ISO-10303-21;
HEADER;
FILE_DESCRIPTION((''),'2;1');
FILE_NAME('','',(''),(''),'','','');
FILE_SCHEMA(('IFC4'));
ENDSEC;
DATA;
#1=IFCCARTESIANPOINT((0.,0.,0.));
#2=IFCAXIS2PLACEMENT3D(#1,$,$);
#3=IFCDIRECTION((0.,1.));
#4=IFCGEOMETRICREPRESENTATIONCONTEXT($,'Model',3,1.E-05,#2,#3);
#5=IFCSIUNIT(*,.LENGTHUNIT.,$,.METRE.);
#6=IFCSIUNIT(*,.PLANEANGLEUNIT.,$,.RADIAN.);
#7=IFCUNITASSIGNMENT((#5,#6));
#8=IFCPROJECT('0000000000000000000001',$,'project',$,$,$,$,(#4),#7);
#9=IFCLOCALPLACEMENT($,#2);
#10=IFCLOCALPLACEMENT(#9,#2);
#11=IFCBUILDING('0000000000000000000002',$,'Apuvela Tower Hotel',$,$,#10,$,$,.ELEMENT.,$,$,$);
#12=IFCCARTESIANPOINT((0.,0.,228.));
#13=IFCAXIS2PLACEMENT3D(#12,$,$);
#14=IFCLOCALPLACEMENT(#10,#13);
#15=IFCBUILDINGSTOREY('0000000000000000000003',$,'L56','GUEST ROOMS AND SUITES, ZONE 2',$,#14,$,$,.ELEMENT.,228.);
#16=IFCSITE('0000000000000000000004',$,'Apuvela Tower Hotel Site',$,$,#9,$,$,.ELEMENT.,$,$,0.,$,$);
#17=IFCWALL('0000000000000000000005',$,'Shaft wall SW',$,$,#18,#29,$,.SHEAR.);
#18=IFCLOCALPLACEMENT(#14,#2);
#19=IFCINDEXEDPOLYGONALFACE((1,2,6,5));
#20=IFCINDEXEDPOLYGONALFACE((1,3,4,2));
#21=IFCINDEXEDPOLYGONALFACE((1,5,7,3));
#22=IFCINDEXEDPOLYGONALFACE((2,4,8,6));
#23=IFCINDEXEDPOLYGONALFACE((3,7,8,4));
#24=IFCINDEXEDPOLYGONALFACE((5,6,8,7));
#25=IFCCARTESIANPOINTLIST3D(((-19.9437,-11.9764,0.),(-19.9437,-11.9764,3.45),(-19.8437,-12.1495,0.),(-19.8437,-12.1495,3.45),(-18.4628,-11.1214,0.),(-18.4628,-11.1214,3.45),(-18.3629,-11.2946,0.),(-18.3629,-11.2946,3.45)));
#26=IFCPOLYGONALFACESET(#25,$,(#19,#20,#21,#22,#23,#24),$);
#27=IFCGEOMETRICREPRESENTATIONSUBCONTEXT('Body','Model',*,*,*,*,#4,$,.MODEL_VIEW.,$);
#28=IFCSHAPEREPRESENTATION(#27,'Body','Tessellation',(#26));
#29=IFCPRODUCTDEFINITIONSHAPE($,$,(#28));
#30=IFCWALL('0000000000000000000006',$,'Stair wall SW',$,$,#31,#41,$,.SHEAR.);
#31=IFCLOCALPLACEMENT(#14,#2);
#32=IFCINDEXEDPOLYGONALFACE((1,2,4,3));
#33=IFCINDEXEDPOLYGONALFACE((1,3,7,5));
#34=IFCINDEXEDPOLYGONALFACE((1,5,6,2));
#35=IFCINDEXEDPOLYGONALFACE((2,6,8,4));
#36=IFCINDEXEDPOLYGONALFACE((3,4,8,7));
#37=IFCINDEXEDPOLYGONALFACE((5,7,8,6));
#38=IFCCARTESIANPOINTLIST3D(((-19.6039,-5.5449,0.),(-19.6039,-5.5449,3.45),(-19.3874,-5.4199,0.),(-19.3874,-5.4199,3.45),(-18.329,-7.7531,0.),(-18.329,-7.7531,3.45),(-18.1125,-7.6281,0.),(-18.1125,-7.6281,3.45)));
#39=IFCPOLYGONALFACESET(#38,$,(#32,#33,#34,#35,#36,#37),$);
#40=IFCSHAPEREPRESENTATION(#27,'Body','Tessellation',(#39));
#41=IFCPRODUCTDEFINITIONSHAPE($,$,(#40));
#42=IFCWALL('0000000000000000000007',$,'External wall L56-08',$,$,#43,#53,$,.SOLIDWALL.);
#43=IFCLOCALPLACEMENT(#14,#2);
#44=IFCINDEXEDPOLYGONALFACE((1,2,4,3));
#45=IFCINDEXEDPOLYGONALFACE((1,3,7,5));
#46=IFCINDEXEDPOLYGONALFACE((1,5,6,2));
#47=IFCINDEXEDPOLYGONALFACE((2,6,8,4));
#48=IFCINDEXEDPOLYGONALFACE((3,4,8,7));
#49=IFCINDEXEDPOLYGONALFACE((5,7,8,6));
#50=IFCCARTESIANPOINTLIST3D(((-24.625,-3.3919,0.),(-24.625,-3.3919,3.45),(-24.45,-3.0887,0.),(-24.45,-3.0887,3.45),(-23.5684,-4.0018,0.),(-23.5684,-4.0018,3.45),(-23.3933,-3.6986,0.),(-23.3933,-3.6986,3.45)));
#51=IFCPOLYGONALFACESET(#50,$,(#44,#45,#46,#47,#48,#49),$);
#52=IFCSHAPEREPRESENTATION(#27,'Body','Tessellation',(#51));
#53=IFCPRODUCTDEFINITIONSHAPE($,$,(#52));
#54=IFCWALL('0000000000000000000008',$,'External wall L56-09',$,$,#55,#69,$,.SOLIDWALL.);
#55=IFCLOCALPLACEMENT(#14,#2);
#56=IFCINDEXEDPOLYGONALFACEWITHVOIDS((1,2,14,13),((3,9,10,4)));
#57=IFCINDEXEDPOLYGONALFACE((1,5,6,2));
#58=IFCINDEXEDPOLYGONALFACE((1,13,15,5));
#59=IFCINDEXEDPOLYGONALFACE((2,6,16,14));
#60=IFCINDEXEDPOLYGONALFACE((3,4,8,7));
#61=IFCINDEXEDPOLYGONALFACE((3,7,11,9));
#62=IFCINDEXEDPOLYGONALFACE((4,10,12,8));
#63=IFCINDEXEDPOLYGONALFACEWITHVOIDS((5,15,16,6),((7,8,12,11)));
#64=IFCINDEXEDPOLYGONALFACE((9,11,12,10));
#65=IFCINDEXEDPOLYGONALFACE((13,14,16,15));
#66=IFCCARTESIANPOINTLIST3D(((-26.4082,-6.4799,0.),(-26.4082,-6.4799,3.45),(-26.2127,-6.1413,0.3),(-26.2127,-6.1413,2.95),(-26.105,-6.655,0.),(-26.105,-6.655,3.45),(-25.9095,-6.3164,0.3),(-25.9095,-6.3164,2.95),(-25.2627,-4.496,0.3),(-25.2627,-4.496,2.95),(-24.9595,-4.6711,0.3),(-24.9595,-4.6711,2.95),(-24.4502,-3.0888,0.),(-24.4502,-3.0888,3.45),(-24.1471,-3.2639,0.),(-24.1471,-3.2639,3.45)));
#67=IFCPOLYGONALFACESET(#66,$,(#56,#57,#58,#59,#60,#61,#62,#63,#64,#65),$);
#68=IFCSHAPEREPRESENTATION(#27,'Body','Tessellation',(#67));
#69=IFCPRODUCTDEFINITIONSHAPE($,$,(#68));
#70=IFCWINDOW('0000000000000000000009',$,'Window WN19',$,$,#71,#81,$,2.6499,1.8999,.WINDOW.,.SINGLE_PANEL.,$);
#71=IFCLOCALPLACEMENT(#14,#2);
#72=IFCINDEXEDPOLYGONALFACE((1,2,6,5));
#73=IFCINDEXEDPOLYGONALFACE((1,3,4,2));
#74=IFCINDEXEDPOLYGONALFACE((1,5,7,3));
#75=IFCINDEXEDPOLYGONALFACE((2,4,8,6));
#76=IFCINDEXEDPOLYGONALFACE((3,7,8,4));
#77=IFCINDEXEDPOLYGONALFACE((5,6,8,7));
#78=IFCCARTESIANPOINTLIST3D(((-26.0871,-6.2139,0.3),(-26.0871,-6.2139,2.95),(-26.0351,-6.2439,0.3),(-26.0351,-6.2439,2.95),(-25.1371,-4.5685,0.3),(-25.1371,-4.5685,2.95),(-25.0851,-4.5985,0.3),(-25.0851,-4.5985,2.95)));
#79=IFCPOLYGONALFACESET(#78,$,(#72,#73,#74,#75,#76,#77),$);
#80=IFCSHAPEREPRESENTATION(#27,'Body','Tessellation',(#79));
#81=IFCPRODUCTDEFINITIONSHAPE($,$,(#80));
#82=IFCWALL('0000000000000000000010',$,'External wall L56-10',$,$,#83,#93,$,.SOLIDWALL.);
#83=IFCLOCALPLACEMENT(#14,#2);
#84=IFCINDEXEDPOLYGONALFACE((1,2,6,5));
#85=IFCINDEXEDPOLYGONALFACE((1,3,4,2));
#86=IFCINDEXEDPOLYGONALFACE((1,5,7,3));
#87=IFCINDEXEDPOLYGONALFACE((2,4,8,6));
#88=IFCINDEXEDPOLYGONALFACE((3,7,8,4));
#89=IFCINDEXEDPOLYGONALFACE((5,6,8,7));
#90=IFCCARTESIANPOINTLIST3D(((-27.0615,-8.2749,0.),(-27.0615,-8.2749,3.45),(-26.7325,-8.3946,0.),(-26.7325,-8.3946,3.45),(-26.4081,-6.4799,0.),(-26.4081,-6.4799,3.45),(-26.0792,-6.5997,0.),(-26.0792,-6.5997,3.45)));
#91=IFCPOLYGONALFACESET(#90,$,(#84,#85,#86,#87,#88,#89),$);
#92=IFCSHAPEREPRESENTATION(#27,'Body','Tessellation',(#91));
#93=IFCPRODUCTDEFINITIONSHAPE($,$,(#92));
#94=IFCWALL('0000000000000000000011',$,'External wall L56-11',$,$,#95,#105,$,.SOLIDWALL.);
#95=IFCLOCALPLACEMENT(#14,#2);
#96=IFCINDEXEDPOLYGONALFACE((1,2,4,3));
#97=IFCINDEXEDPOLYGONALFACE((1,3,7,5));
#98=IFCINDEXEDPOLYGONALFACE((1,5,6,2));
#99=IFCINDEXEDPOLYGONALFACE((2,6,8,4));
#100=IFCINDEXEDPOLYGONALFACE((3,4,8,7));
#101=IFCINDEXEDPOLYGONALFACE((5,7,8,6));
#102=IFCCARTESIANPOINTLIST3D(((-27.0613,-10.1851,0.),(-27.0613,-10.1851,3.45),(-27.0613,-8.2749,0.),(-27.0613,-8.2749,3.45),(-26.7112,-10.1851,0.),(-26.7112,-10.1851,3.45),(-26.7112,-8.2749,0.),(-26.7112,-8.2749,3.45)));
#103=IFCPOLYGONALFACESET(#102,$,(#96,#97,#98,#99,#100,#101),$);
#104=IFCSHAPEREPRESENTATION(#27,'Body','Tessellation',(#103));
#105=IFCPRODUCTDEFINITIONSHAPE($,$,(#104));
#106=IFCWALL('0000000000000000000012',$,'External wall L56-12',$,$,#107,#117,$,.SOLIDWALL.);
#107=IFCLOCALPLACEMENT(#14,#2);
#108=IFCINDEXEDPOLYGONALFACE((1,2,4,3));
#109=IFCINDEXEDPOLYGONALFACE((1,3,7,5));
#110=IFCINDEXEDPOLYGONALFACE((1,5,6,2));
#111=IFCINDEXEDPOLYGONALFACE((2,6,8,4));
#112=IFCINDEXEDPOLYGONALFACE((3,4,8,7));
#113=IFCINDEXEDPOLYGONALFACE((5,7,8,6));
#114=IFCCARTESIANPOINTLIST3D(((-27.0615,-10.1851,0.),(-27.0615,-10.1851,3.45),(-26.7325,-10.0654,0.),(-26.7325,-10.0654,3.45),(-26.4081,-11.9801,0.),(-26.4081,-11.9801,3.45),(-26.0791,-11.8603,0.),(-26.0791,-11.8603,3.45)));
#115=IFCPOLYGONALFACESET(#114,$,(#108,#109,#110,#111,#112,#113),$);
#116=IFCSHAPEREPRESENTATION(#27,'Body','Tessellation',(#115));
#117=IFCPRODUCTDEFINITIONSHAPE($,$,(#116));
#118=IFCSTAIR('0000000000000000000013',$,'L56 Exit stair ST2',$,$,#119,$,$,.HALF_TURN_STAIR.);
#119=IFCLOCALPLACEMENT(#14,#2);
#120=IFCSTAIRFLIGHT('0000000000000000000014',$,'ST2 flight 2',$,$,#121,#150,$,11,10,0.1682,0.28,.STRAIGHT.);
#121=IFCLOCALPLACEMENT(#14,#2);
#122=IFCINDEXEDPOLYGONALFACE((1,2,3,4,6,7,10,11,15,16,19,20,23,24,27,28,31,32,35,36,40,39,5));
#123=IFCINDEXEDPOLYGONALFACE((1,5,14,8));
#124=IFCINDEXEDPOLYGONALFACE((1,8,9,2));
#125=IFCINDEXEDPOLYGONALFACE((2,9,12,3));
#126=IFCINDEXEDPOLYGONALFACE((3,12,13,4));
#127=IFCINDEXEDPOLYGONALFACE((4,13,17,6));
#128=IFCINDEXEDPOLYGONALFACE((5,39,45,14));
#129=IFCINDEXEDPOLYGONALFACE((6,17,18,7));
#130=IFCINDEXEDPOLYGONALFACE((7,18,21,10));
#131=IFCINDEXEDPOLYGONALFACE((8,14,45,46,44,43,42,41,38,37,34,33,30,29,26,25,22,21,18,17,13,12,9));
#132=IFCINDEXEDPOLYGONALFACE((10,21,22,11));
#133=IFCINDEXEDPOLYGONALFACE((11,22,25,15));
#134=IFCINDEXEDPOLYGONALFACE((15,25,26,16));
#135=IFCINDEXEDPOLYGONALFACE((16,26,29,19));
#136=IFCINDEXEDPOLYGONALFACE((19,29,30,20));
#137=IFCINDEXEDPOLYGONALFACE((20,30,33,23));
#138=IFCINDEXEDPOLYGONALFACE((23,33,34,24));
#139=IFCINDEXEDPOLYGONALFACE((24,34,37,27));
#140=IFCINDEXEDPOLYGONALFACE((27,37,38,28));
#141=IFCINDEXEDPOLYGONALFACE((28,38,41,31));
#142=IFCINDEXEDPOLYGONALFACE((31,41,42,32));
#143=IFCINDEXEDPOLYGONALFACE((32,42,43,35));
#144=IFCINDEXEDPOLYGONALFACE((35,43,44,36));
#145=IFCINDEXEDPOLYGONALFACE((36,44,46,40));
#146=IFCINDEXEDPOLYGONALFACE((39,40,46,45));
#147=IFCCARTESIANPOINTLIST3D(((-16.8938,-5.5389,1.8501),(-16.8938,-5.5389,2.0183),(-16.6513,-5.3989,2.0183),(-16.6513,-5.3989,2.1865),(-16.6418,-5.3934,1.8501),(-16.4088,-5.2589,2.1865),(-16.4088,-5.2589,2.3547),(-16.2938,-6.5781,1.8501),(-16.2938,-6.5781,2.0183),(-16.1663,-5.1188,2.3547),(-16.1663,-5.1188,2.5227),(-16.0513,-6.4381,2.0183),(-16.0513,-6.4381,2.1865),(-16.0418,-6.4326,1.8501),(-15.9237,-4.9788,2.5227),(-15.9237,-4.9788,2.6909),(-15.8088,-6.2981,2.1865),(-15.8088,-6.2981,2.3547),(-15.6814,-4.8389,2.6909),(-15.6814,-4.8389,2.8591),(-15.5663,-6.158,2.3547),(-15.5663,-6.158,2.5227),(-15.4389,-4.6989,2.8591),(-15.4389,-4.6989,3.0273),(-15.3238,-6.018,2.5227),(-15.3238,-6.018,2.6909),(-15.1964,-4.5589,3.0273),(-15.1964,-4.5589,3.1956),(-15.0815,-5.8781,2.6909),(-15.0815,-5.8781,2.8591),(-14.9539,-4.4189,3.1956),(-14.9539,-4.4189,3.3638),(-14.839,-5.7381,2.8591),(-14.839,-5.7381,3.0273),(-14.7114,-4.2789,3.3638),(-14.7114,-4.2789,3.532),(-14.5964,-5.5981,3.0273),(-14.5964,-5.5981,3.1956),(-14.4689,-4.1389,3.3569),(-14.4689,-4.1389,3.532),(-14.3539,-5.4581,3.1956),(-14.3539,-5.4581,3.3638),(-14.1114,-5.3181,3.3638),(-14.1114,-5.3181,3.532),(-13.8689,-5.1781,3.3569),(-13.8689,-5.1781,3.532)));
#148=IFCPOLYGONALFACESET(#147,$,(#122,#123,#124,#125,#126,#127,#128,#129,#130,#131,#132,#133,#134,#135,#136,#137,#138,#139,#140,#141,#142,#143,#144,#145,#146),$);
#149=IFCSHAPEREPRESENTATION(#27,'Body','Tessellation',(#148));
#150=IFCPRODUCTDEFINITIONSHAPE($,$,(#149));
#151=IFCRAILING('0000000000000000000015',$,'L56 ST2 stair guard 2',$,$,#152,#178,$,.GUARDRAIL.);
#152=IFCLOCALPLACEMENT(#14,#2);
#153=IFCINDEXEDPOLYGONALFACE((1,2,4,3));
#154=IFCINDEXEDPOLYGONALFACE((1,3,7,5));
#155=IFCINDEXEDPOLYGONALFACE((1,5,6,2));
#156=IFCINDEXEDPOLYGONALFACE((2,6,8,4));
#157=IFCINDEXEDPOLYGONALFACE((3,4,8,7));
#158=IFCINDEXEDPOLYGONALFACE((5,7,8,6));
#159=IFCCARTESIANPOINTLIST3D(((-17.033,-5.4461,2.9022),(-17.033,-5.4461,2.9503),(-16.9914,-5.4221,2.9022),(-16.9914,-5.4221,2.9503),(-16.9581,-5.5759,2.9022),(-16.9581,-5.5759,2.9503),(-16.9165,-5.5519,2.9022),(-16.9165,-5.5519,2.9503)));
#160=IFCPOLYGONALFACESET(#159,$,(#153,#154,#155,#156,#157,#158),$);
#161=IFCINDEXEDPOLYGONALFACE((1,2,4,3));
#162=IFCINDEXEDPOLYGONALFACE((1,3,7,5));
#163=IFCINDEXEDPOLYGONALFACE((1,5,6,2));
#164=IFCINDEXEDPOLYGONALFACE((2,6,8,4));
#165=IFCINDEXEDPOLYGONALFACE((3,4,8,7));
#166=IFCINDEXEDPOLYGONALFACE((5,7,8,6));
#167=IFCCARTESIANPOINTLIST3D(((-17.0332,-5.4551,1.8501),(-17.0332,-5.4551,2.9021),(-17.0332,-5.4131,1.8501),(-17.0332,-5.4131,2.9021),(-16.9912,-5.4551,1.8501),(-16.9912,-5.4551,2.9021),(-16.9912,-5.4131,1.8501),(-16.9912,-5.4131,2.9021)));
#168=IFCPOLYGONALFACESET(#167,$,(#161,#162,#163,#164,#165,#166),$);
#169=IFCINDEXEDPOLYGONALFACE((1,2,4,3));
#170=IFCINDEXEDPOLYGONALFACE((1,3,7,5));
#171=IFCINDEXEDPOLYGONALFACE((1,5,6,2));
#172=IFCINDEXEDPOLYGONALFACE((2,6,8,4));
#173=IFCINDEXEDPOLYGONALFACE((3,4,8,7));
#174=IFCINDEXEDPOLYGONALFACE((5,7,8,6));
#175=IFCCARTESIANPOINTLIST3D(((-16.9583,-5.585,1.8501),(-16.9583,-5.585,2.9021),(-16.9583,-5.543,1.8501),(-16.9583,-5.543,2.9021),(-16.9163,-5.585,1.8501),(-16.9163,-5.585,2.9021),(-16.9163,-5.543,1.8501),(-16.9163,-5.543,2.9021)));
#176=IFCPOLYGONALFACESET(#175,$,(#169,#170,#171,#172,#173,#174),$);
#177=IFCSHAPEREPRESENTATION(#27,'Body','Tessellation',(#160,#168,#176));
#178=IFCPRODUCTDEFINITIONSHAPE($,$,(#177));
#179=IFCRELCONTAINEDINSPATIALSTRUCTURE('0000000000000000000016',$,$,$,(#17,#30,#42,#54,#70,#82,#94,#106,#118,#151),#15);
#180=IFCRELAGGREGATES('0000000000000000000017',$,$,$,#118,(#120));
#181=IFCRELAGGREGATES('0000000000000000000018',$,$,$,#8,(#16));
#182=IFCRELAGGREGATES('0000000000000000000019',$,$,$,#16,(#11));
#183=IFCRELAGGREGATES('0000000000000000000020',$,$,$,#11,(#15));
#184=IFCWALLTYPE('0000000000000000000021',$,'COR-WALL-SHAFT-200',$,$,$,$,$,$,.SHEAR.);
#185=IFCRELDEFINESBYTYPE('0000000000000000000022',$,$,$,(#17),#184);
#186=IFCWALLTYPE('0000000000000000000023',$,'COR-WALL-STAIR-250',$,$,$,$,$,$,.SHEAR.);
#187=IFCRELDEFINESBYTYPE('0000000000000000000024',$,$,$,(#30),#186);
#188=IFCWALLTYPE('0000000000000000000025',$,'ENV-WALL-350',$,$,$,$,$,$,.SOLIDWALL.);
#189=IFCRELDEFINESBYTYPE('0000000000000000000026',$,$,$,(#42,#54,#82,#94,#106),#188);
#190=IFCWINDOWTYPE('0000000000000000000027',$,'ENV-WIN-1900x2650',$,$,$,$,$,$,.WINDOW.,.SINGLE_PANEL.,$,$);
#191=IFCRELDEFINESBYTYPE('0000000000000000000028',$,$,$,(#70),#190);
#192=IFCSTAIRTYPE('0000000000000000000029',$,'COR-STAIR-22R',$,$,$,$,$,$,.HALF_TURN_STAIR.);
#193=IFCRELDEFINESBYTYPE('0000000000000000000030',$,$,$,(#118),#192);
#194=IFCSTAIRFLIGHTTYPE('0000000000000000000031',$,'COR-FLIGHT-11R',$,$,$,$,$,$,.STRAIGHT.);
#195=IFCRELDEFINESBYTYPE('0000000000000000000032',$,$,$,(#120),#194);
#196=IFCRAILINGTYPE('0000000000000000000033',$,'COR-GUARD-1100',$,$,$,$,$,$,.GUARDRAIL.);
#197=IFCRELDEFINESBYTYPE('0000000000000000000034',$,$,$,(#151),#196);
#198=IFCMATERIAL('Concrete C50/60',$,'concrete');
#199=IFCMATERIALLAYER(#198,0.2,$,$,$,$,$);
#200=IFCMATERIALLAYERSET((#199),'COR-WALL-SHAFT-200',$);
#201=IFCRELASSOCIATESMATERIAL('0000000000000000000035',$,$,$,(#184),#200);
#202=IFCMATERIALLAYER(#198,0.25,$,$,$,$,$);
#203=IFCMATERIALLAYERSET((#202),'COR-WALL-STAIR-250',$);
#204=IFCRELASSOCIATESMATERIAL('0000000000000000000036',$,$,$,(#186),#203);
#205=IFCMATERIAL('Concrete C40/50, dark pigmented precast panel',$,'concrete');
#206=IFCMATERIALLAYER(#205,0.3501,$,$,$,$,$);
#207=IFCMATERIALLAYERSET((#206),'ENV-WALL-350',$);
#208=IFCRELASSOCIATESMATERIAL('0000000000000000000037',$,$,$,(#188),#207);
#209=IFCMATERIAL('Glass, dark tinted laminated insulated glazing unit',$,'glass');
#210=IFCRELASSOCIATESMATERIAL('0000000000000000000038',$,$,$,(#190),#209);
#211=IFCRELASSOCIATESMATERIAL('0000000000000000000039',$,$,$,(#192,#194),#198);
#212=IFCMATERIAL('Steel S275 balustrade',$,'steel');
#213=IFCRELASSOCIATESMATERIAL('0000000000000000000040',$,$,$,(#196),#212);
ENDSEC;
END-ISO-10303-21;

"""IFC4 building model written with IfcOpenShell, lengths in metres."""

from ifc_helpers import new_model, si_unit, direction, frame, frame_2d, origin, origin_2d, place, context, subcontext, project, spatial, polyline, rectangle, outline, extrude, material, layer, layer_set, type_object, element, fill, aggregate, save


model = new_model("IFC4")

# Units and contexts
model_context = context("Model", 3, precision=1e-05, world=origin(), true_north=direction((0.0, 1.0)))
body_context = subcontext(model_context, "Body", "Model", "MODEL_VIEW")
ifc_project = project(units=[si_unit("LENGTHUNIT", "METRE"), si_unit("PLANEANGLEUNIT", "RADIAN")], contexts=[model_context])

# Site, building, storey
site_placement = place(None, origin())
site = spatial("IfcSite", under=ifc_project, at=site_placement, Name="Apuvela Tower Hotel Site", CompositionType="ELEMENT", RefElevation=0.0)
building_placement = place(site_placement, origin())
building = spatial("IfcBuilding", under=site, at=building_placement, Name="Apuvela Tower Hotel", CompositionType="ELEMENT")
storey_placement = place(building_placement, frame((0.0, 0.0, 228.0)))
storey = spatial("IfcBuildingStorey", under=building, at=storey_placement, Name="L56", Description="GUEST ROOMS AND SUITES, ZONE 2", CompositionType="ELEMENT", Elevation=228.0)

# Walls
ifc_material_1 = material(Name="Concrete C50/60", Category="concrete")
ifc_layer_1 = layer(ifc_material_1, 0.2)
ifc_layer_set_1 = layer_set([ifc_layer_1], Name="COR-WALL-SHAFT-200")
wall_type_1 = type_object("IfcWallType", Name="COR-WALL-SHAFT-200", PredefinedType="SHEAR", material=ifc_layer_set_1)
wall_1_placement = place(storey_placement, frame((-18.4128, -11.208, 0.0), z_axis=(0.0, 0.0, 1.0), x_axis=(-0.866038, -0.499978, 0.0)))
element("IfcWall", 1, at=wall_1_placement, inside=storey, type_object=wall_type_1, Name="Shaft wall SW", PredefinedType="SHEAR", context=body_context, shape_type="SweptSolid", body=[
    extrude(rectangle(XDim=1.71, YDim=0.2, at=frame_2d((0.855, 0.0))), origin(), (0.0, 0.0, 1.0), 3.45),
])
ifc_layer_2 = layer(ifc_material_1, 0.25)
ifc_layer_set_2 = layer_set([ifc_layer_2], Name="COR-WALL-STAIR-250")
wall_type_2 = type_object("IfcWallType", Name="COR-WALL-STAIR-250", PredefinedType="SHEAR", material=ifc_layer_set_2)
wall_2_placement = place(storey_placement, frame((-19.4956, -5.4824, 0.0), z_axis=(0.0, 0.0, 1.0), x_axis=(0.49999, -0.866031, 0.0)))
element("IfcWall", 2, at=wall_2_placement, inside=storey, type_object=wall_type_2, Name="Stair wall SW", PredefinedType="SHEAR", context=body_context, shape_type="SweptSolid", body=[
    extrude(rectangle(XDim=2.5498, YDim=0.25, at=frame_2d((1.2749, 0.0))), origin(), (0.0, 0.0, 1.0), 3.45),
])
ifc_material_2 = material(Name="Concrete C40/50, dark pigmented precast panel", Category="concrete")
ifc_layer_3 = layer(ifc_material_2, 0.3501)
ifc_layer_set_3 = layer_set([ifc_layer_3], Name="ENV-WALL-350")
wall_type_3 = type_object("IfcWallType", Name="ENV-WALL-350", PredefinedType="SOLIDWALL", material=ifc_layer_set_3)
wall_3_placement = place(storey_placement, frame((-23.481, -3.8501, 0.0), z_axis=(0.0, 0.0, 1.0), x_axis=(-0.866092, 0.499884, 0.0)))
element("IfcWall", 3, at=wall_3_placement, inside=storey, type_object=wall_type_3, Name="External wall L56-08", PredefinedType="SOLIDWALL", context=body_context, shape_type="SweptSolid", body=[
    extrude(rectangle(XDim=1.22, YDim=0.3501, at=frame_2d((0.6099, 0.0))), origin(), (0.0, 0.0, 1.0), 3.45),
])

# Wall, opening, window
wall_4_placement = place(storey_placement, frame((-24.2986, -3.1763, 0.0), z_axis=(0.0, 0.0, 1.0), x_axis=(-0.500028, -0.866009, 0.0)))
wall_4 = element("IfcWall", 4, at=wall_4_placement, inside=storey, type_object=wall_type_3, Name="External wall L56-09", PredefinedType="SOLIDWALL", context=body_context, shape_type="SweptSolid", body=[
    extrude(rectangle(XDim=3.9158, YDim=0.3501, at=frame_2d((1.958, 0.0))), origin(), (0.0, 0.0, 1.0), 3.45),
])
opening_1_placement = place(wall_4_placement, frame((1.625, 0.0, 0.3)))
opening_1 = element("IfcOpeningElement", 5, at=opening_1_placement, cuts=wall_4, PredefinedType="OPENING", context=body_context, shape_type="SweptSolid", body=[
    extrude(rectangle(XDim=1.8999, YDim=2.6499, at=frame_2d((0.95, 1.325))), frame((0.0, 0.1851, 0.0), z_axis=(0.0, -1.0, 0.0), x_axis=(1.0, 0.0, 0.0)), (0.0, 0.0, 1.0), 0.3701),
])
ifc_material_3 = material(Name="Glass, dark tinted laminated insulated glazing unit", Category="glass")
window_type = type_object("IfcWindowType", Name="ENV-WIN-1900x2650", PartitioningType="SINGLE_PANEL", PredefinedType="WINDOW", material=ifc_material_3)
window_placement = place(opening_1_placement, origin())
window = element("IfcWindow", 6, at=window_placement, inside=storey, type_object=window_type, Name="Window WN19", OverallHeight=2.6499, OverallWidth=1.8999, PartitioningType="SINGLE_PANEL", PredefinedType="WINDOW", context=body_context, shape_type="SweptSolid", body=[
    extrude(rectangle(XDim=1.8999, YDim=2.6499, at=frame_2d((0.95, 1.325))), frame((0.0, 0.03, 0.0), z_axis=(0.0, -1.0, 0.0), x_axis=(1.0, 0.0, 0.0)), (0.0, 0.0, 1.0), 0.0601),
])
fill(opening_1, window)

# Walls
for number, where, z_axis, x_axis, name in (
    (7, (-26.2437, -6.5398, 0.0), (0.0, 0.0, 1.0), (-0.34203, -0.939689, 0.0), "External wall L56-10"),
    (8, (-26.8862, -8.2749, 0.0), (0.0, 0.0, 1.0), (0.0, -1.0, 0.0), "External wall L56-11"),
    (9, (-26.897, -10.1252, 0.0), (0.0, 0.0, 1.0), (0.34203, -0.939689, 0.0), "External wall L56-12"),
):
    element("IfcWall", number, at=place(storey_placement, frame(where, z_axis=z_axis, x_axis=x_axis)), inside=storey, type_object=wall_type_3, Name=name, PredefinedType="SOLIDWALL", context=body_context, shape_type="SweptSolid", body=[
        extrude(rectangle(XDim=1.9102, YDim=0.3501, at=frame_2d((0.9551, 0.0))), origin(), (0.0, 0.0, 1.0), 3.45),
    ])

# Stair, stair flight
stair_type = type_object("IfcStairType", Name="COR-STAIR-22R", PredefinedType="HALF_TURN_STAIR", material=ifc_material_1)
stair_placement = place(storey_placement, origin())
stair = element("IfcStair", 10, at=stair_placement, inside=storey, type_object=stair_type, Name="L56 Exit stair ST2", PredefinedType="HALF_TURN_STAIR")
stair_flight_type = type_object("IfcStairFlightType", Name="COR-FLIGHT-11R", PredefinedType="STRAIGHT", material=ifc_material_1)
stair_flight_placement = place(storey_placement, frame((-16.5938, -6.0586, 1.8501), z_axis=(0.0, 0.0, 1.0), x_axis=(0.866025, 0.5, 0.0)))
stair_flight = element("IfcStairFlight", 11, at=stair_flight_placement, type_object=stair_flight_type, Name="ST2 flight 2", NumberOfRisers=11, NumberOfTreads=10, PredefinedType="STRAIGHT", RiserHeight=0.1682, TreadLength=0.28, context=body_context, shape_type="SweptSolid", body=[
    extrude(outline(polyline([(0.0, 0.0), (0.0, 0.1682), (0.28, 0.1682), (0.28, 0.3364), (0.5601, 0.3364), (0.5601, 0.5046), (0.8401, 0.5046), (0.8401, 0.6726), (1.1201, 0.6726), (1.1201, 0.8408), (1.3999, 0.8408), (1.3999, 1.009), (1.6799, 1.009), (1.6799, 1.1772), (1.96, 1.1772), (1.96, 1.3455), (2.24, 1.3455), (2.24, 1.5137), (2.52, 1.5137), (2.52, 1.6819), (2.8, 1.6819), (2.8, 1.8501), (2.8, 1.5068), (0.291, 0.0), (0.0, 0.0)])), frame((0.0, 0.6001, 0.0), z_axis=(0.0, -1.0, 0.0), x_axis=(1.0, 0.0, 0.0)), (0.0, 0.0, 1.0), 1.2),
])
aggregate(stair, [stair_flight])

# Railing
ifc_material_4 = material(Name="Steel S275 balustrade", Category="steel")
railing_type_1 = type_object("IfcRailingType", Name="COR-GUARD-1100", PredefinedType="GUARDRAIL", material=ifc_material_4)
railing_1_placement = place(storey_placement, frame((-17.0122, -5.4341, 1.8501)))
element("IfcRailing", 12, at=railing_1_placement, inside=storey, type_object=railing_type_1, Name="L56 ST2 stair guard 2", PredefinedType="GUARDRAIL", context=body_context, shape_type="SweptSolid", body=[
    extrude(rectangle(XDim=0.0481, YDim=0.0481, at=origin_2d()), frame((0.0, 0.0, 1.0762), z_axis=(0.499816, -0.866131, 0.0), x_axis=(0.866131, 0.499816, 0.0)), (0.0, 0.0, 1.0), 0.1499),
    extrude(rectangle(XDim=0.042, YDim=0.042, at=origin_2d()), origin(), (0.0, 0.0, 1.0), 1.052),
    extrude(rectangle(XDim=0.042, YDim=0.042, at=origin_2d()), frame((0.075, -0.1299, 0.0)), (0.0, 0.0, 1.0), 1.052),
])

save(model, "model.ifc")
